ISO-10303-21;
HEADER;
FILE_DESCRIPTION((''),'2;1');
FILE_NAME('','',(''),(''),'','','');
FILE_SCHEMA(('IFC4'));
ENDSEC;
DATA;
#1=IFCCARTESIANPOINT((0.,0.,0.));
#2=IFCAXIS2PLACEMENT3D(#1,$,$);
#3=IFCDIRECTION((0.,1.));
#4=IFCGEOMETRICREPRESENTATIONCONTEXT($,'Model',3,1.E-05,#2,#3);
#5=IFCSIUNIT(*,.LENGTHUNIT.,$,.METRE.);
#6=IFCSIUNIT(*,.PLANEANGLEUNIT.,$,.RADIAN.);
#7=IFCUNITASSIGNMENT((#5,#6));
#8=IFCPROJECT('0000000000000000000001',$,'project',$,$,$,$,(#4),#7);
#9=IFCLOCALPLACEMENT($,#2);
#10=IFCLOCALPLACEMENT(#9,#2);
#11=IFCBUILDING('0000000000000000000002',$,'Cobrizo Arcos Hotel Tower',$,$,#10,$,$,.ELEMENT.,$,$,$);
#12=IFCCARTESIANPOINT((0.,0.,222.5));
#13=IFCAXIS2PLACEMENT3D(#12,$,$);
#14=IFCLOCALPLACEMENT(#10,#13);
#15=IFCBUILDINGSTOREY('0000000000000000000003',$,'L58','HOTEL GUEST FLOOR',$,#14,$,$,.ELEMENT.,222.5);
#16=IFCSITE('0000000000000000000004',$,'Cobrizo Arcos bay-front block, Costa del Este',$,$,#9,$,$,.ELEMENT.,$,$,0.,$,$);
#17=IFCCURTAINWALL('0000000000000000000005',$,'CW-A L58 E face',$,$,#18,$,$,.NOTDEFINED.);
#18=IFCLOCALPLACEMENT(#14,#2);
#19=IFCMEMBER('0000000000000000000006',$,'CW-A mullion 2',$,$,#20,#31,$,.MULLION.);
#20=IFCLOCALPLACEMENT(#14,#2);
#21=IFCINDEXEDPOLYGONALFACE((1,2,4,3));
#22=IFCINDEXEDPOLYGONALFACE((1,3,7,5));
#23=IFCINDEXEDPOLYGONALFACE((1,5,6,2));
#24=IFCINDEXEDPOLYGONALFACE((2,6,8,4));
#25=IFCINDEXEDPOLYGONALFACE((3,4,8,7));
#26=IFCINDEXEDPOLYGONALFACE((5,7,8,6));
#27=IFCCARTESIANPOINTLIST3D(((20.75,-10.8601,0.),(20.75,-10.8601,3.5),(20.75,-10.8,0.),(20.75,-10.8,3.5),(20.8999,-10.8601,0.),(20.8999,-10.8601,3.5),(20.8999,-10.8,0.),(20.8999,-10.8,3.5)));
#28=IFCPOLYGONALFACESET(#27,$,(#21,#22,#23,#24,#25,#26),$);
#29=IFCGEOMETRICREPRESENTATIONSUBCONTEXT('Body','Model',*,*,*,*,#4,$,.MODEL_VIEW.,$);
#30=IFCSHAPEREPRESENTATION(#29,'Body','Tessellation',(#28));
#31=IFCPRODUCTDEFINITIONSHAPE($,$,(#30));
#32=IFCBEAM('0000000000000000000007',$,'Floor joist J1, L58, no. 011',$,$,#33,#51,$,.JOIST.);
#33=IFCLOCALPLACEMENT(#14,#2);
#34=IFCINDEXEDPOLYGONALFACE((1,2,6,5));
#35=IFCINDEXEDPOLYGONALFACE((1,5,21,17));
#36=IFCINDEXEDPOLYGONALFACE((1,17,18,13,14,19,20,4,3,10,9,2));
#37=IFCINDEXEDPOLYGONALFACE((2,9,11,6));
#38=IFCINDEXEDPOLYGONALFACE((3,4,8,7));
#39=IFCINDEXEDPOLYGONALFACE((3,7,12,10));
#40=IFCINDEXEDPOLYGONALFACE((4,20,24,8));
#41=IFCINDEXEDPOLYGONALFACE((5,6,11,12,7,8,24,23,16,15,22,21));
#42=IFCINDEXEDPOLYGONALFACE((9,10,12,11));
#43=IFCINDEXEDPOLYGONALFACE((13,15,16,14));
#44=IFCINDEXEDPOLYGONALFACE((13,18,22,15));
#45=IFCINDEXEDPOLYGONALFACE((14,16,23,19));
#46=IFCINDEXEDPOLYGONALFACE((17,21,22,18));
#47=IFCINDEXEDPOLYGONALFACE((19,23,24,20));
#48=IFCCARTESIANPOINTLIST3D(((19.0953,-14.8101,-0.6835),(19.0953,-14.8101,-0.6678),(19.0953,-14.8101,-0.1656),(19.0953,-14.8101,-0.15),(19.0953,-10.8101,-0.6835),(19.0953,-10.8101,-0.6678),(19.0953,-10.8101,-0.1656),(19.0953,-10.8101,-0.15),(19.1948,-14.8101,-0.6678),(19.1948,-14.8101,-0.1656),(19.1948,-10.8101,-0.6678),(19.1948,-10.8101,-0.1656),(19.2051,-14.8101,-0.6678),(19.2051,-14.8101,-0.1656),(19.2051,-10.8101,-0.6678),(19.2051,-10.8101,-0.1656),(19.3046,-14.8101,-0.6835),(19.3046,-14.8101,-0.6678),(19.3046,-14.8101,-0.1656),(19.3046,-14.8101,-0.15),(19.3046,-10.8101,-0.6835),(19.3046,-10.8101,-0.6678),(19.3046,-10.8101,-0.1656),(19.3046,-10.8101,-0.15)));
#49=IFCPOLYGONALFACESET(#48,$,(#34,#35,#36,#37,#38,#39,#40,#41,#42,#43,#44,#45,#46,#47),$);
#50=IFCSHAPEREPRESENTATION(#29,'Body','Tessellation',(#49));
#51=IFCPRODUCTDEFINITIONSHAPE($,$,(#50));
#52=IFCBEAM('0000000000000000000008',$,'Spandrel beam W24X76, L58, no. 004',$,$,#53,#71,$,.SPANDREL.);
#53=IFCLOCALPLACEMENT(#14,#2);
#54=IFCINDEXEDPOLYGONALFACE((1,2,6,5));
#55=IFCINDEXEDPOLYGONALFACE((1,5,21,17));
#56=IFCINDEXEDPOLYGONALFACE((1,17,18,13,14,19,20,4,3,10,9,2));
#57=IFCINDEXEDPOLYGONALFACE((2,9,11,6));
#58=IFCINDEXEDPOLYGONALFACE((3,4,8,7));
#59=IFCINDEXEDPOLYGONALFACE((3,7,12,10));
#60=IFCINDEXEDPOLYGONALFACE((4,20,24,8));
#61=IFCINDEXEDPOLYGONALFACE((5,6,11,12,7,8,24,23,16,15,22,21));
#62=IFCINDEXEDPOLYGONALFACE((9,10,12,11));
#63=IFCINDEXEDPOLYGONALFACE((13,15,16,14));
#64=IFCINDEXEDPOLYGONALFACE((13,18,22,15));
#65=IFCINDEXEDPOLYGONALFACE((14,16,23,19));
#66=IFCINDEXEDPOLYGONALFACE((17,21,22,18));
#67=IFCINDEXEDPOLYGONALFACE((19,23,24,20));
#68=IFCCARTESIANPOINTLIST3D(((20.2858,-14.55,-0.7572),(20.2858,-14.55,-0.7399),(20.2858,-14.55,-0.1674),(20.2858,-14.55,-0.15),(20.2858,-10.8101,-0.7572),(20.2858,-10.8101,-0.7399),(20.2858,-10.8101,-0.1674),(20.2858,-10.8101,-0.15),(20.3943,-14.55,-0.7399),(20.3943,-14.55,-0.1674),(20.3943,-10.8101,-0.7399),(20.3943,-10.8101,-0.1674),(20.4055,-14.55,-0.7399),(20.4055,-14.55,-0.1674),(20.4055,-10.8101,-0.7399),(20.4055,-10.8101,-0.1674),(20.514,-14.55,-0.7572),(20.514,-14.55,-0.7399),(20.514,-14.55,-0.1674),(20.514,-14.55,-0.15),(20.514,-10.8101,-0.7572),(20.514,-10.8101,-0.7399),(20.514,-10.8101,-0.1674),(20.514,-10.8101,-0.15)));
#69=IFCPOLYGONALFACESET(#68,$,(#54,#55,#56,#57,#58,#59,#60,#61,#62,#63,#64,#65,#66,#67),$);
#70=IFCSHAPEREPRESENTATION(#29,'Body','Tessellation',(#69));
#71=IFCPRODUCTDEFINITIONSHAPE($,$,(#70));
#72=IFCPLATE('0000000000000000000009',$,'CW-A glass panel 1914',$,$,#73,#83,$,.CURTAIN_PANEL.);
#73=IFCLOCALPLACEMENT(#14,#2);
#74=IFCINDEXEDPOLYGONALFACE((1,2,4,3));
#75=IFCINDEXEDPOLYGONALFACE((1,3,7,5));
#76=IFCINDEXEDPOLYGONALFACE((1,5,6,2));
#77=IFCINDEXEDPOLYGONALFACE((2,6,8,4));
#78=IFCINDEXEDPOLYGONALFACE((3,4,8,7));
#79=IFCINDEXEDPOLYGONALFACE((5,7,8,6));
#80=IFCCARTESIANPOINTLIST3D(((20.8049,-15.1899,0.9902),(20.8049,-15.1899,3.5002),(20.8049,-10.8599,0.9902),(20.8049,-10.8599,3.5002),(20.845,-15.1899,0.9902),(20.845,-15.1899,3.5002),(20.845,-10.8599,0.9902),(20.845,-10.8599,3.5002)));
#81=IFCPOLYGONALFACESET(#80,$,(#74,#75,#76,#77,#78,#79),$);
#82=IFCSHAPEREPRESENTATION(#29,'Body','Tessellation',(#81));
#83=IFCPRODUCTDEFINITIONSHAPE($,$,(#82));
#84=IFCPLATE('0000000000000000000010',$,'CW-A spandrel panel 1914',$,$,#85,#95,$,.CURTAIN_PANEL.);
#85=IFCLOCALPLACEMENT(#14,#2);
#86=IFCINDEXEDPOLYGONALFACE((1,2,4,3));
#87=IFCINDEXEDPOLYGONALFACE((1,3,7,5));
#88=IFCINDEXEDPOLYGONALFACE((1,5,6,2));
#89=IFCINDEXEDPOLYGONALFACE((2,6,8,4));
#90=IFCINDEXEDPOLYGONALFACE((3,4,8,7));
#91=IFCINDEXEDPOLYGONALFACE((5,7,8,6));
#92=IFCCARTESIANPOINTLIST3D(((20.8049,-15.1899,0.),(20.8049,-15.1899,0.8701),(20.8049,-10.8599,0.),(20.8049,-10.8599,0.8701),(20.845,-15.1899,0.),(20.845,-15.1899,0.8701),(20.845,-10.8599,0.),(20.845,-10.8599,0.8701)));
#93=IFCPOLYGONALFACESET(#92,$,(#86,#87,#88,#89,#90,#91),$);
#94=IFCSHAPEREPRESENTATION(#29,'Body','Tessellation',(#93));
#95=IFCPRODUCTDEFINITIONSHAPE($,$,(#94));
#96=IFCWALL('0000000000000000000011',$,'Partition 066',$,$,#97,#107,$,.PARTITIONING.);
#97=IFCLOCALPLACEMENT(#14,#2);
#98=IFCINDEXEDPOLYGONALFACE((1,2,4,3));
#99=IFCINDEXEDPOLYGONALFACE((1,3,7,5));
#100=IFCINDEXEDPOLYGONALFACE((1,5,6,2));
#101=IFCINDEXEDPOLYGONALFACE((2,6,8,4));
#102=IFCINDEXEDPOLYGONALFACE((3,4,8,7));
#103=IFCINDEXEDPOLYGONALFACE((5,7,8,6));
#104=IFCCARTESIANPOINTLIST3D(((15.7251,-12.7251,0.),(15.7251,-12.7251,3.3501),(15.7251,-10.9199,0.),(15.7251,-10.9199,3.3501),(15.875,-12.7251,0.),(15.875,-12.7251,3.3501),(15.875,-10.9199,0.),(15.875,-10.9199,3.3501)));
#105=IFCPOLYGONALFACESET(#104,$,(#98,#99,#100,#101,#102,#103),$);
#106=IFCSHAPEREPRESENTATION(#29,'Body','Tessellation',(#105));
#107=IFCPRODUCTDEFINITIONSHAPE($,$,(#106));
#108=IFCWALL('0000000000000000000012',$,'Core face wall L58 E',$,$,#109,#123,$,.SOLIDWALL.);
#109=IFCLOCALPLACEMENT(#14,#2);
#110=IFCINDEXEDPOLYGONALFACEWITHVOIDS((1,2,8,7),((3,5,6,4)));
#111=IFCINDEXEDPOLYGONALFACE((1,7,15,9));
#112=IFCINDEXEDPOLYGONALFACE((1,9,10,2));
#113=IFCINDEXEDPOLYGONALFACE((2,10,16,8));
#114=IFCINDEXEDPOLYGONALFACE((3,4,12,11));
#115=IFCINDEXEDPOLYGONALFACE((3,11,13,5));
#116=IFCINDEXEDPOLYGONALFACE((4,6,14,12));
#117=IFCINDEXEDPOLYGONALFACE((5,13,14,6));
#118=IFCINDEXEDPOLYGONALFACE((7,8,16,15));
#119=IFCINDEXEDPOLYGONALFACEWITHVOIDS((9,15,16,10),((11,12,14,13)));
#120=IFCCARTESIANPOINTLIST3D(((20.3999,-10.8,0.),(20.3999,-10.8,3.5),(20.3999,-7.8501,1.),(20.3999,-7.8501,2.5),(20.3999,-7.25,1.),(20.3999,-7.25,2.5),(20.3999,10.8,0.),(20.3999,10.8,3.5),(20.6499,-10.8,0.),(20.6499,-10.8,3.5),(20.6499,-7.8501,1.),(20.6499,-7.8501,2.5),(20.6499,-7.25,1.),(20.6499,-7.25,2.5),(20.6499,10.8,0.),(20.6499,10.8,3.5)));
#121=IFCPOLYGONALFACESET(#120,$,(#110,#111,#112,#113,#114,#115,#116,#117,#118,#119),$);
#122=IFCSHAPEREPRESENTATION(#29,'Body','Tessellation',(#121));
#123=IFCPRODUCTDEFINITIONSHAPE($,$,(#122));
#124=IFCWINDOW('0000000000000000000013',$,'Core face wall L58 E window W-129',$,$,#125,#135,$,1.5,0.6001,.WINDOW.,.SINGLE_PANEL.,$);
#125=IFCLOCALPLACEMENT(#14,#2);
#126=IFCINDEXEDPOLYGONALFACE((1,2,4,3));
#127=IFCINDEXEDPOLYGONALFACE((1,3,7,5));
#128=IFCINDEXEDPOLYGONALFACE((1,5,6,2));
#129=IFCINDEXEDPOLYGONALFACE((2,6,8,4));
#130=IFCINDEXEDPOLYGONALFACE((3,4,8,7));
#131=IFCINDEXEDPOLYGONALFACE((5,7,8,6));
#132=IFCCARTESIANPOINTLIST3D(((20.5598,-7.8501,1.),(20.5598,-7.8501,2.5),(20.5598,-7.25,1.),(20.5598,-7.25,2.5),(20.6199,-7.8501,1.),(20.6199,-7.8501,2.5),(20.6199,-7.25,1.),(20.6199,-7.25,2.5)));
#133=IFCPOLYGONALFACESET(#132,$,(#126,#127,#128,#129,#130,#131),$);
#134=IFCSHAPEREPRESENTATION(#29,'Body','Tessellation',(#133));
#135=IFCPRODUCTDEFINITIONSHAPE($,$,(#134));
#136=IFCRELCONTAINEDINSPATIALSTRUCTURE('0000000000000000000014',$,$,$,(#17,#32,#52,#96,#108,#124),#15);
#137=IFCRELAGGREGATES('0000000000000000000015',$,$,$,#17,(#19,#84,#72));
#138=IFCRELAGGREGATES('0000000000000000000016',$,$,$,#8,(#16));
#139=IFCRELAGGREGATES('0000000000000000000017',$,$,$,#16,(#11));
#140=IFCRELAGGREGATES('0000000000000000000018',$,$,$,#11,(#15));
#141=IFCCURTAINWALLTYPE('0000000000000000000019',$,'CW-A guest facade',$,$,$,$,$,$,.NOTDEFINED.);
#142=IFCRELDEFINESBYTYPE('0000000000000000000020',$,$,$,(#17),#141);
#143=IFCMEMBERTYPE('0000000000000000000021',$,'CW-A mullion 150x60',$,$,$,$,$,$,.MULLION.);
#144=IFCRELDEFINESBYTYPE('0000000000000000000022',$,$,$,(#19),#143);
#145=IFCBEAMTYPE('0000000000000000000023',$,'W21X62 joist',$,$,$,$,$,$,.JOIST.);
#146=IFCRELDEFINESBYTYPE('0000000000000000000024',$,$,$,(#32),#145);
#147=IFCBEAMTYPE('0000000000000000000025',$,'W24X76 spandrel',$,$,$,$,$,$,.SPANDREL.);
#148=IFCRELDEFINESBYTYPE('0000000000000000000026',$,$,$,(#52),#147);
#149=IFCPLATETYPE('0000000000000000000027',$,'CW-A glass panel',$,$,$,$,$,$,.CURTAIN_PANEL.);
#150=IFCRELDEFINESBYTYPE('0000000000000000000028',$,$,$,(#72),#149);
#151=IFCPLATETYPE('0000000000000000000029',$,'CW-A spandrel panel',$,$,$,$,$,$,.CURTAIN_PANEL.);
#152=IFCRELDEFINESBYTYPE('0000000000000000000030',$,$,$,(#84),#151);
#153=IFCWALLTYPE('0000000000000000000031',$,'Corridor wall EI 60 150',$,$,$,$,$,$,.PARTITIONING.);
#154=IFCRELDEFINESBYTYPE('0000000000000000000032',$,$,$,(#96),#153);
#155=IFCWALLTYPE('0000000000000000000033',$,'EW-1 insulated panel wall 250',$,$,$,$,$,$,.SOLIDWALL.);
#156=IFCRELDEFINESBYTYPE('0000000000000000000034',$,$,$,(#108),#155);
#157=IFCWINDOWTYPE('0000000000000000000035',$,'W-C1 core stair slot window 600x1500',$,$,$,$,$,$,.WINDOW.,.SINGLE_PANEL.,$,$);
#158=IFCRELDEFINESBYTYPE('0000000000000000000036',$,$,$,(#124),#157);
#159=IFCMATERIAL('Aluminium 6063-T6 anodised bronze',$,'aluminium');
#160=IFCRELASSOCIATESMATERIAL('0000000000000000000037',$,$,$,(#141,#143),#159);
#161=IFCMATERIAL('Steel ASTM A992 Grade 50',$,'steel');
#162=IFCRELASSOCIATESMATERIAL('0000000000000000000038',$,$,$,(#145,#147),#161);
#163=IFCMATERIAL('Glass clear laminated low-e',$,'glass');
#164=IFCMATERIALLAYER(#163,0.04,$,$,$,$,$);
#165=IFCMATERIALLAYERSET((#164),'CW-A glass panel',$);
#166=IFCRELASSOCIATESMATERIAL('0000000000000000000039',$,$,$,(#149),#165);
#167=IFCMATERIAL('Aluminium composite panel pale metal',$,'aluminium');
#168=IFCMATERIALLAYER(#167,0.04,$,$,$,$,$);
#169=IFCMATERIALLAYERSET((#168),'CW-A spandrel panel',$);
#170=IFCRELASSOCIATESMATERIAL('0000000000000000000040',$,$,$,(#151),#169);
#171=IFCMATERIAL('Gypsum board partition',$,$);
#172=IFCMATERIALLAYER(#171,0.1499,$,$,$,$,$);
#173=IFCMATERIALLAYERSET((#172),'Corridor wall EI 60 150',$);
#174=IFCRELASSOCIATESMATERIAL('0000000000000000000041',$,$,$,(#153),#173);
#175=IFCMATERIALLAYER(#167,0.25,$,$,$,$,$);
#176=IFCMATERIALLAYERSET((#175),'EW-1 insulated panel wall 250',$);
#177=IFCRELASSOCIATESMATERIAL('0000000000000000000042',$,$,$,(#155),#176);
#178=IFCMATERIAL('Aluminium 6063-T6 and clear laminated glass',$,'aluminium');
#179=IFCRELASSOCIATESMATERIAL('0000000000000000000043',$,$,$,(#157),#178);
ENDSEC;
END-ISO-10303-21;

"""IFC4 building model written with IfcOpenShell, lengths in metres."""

from ifc_helpers import new_model, si_unit, direction, frame, frame_2d, origin, origin_2d, place, context, subcontext, project, spatial, rectangle, i_section, extrude, material, layer, layer_set, material_profile, profile_set, type_object, element, fill, aggregate, save


model = new_model("IFC4")

# Units and contexts
model_context = context("Model", 3, precision=1e-05, world=origin(), true_north=direction((0.0, 1.0)))
body_context = subcontext(model_context, "Body", "Model", "MODEL_VIEW")
ifc_project = project(units=[si_unit("LENGTHUNIT", "METRE"), si_unit("PLANEANGLEUNIT", "RADIAN")], contexts=[model_context])

# Site, building, storey
site_placement = place(None, origin())
site = spatial("IfcSite", under=ifc_project, at=site_placement, Name="Cobrizo Arcos bay-front block, Costa del Este", CompositionType="ELEMENT", RefElevation=0.0)
building_placement = place(site_placement, origin())
building = spatial("IfcBuilding", under=site, at=building_placement, Name="Cobrizo Arcos Hotel Tower", CompositionType="ELEMENT")
storey_placement = place(building_placement, frame((0.0, 0.0, 222.5)))
storey = spatial("IfcBuildingStorey", under=building, at=storey_placement, Name="L58", Description="HOTEL GUEST FLOOR", CompositionType="ELEMENT", Elevation=222.5)

# Curtain wall, member
ifc_material_1 = material(Name="Aluminium 6063-T6 anodised bronze", Category="aluminium")
curtain_wall_type = type_object("IfcCurtainWallType", Name="CW-A guest facade", PredefinedType="NOTDEFINED", material=ifc_material_1)
curtain_wall_placement = place(storey_placement, origin())
curtain_wall = element("IfcCurtainWall", 1, at=curtain_wall_placement, inside=storey, type_object=curtain_wall_type, Name="CW-A L58 E face", PredefinedType="NOTDEFINED")
ifc_material_profile_1 = material_profile(ifc_material_1, rectangle(XDim=0.1499, YDim=0.0601, at=origin_2d()), Name="CW-A mullion 150x60")
ifc_profile_set_1 = profile_set([ifc_material_profile_1], Name="Aluminium 6063-T6 anodised bronze")
member_type = type_object("IfcMemberType", Name="CW-A mullion 150x60", PredefinedType="MULLION", material=ifc_profile_set_1)
member_placement = place(storey_placement, frame((20.825, -10.8301, 0.0), z_axis=(0.0, 0.0, 1.0), x_axis=(1.0, 0.0, 0.0)))
member = element("IfcMember", 2, at=member_placement, type_object=member_type, Name="CW-A mullion 2", PredefinedType="MULLION", context=body_context, shape_type="SweptSolid", body=[
    extrude(rectangle(XDim=0.1499, YDim=0.0601, at=origin_2d()), origin(), (0.0, 0.0, 1.0), 3.5),
])

# Beams
ifc_material_2 = material(Name="Steel ASTM A992 Grade 50", Category="steel")
ifc_material_profile_2 = material_profile(ifc_material_2, i_section(OverallWidth=0.2092, OverallDepth=0.5334, WebThickness=0.0103, FlangeThickness=0.0156, at=origin_2d()), Name="W21X62")
ifc_profile_set_2 = profile_set([ifc_material_profile_2], Name="Steel ASTM A992 Grade 50")
beam_type_1 = type_object("IfcBeamType", Name="W21X62 joist", PredefinedType="JOIST", material=ifc_profile_set_2)
beam_1_placement = place(storey_placement, frame((19.2, -14.8101, -0.4167), z_axis=(0.0, 1.0, 0.0), x_axis=(-1.0, 0.0, 0.0)))
element("IfcBeam", 3, at=beam_1_placement, inside=storey, type_object=beam_type_1, Name="Floor joist J1, L58, no. 011", PredefinedType="JOIST", context=body_context, shape_type="SweptSolid", body=[
    extrude(i_section(OverallWidth=0.2092, OverallDepth=0.5334, WebThickness=0.0103, FlangeThickness=0.0156, at=origin_2d()), origin(), (0.0, 0.0, 1.0), 4.0),
])
ifc_material_profile_3 = material_profile(ifc_material_2, i_section(OverallWidth=0.2283, OverallDepth=0.6072, WebThickness=0.0112, FlangeThickness=0.0173, at=origin_2d()), Name="W24X76")
ifc_profile_set_3 = profile_set([ifc_material_profile_3], Name="Steel ASTM A992 Grade 50")
beam_type_2 = type_object("IfcBeamType", Name="W24X76 spandrel", PredefinedType="SPANDREL", material=ifc_profile_set_3)
beam_2_placement = place(storey_placement, frame((20.3999, -10.8101, -0.4536), z_axis=(0.0, -1.0, 0.0), x_axis=(1.0, 0.0, 0.0)))
element("IfcBeam", 4, at=beam_2_placement, inside=storey, type_object=beam_type_2, Name="Spandrel beam W24X76, L58, no. 004", PredefinedType="SPANDREL", context=body_context, shape_type="SweptSolid", body=[
    extrude(i_section(OverallWidth=0.2283, OverallDepth=0.6072, WebThickness=0.0112, FlangeThickness=0.0173, at=origin_2d()), origin(), (0.0, 0.0, 1.0), 3.74),
])

# Plates
ifc_material_3 = material(Name="Glass clear laminated low-e", Category="glass")
ifc_layer_1 = layer(ifc_material_3, 0.04)
ifc_layer_set_1 = layer_set([ifc_layer_1], Name="CW-A glass panel")
plate_type_1 = type_object("IfcPlateType", Name="CW-A glass panel", PredefinedType="CURTAIN_PANEL", material=ifc_layer_set_1)
plate_1_placement = place(storey_placement, frame((20.825, -13.0249, 0.9902), z_axis=(0.0, 0.0, 1.0), x_axis=(0.0, 1.0, 0.0)))
plate_1 = element("IfcPlate", 5, at=plate_1_placement, type_object=plate_type_1, Name="CW-A glass panel 1914", PredefinedType="CURTAIN_PANEL", context=body_context, shape_type="SweptSolid", body=[
    extrude(rectangle(XDim=4.3301, YDim=0.04, at=origin_2d()), origin(), (0.0, 0.0, 1.0), 2.51),
])
ifc_material_4 = material(Name="Aluminium composite panel pale metal", Category="aluminium")
ifc_layer_2 = layer(ifc_material_4, 0.04)
ifc_layer_set_2 = layer_set([ifc_layer_2], Name="CW-A spandrel panel")
plate_type_2 = type_object("IfcPlateType", Name="CW-A spandrel panel", PredefinedType="CURTAIN_PANEL", material=ifc_layer_set_2)
plate_2_placement = place(storey_placement, frame((20.825, -13.0249, 0.0), z_axis=(0.0, 0.0, 1.0), x_axis=(0.0, 1.0, 0.0)))
plate_2 = element("IfcPlate", 6, at=plate_2_placement, type_object=plate_type_2, Name="CW-A spandrel panel 1914", PredefinedType="CURTAIN_PANEL", context=body_context, shape_type="SweptSolid", body=[
    extrude(rectangle(XDim=4.3301, YDim=0.04, at=origin_2d()), origin(), (0.0, 0.0, 1.0), 0.8701),
])
aggregate(curtain_wall, [member, plate_2, plate_1])

# Wall
ifc_material_5 = material(Name="Gypsum board partition")
ifc_layer_3 = layer(ifc_material_5, 0.1499)
ifc_layer_set_3 = layer_set([ifc_layer_3], Name="Corridor wall EI 60 150")
wall_type_1 = type_object("IfcWallType", Name="Corridor wall EI 60 150", PredefinedType="PARTITIONING", material=ifc_layer_set_3)
wall_1_placement = place(storey_placement, frame((15.8, -12.7251, 0.0), z_axis=(0.0, 0.0, 1.0), x_axis=(0.0, 1.0, 0.0)))
element("IfcWall", 7, at=wall_1_placement, inside=storey, type_object=wall_type_1, Name="Partition 066", PredefinedType="PARTITIONING", context=body_context, shape_type="SweptSolid", body=[
    extrude(rectangle(XDim=1.8052, YDim=0.1499, at=frame_2d((0.9026, 0.0))), origin(), (0.0, 0.0, 1.0), 3.3501),
])

# Wall, opening, window
ifc_layer_4 = layer(ifc_material_4, 0.25)
ifc_layer_set_4 = layer_set([ifc_layer_4], Name="EW-1 insulated panel wall 250")
wall_type_2 = type_object("IfcWallType", Name="EW-1 insulated panel wall 250", PredefinedType="SOLIDWALL", material=ifc_layer_set_4)
wall_2_placement = place(storey_placement, frame((20.5249, -10.8, 0.0), z_axis=(0.0, 0.0, 1.0), x_axis=(0.0, 1.0, 0.0)))
wall_2 = element("IfcWall", 8, at=wall_2_placement, inside=storey, type_object=wall_type_2, Name="Core face wall L58 E", PredefinedType="SOLIDWALL", context=body_context, shape_type="SweptSolid", body=[
    extrude(rectangle(XDim=21.6001, YDim=0.25, at=frame_2d((10.8, 0.0))), origin(), (0.0, 0.0, 1.0), 3.5),
])
opening_1_placement = place(wall_2_placement, frame((2.95, 0.0, 1.0)))
opening_1 = element("IfcOpeningElement", 9, at=opening_1_placement, cuts=wall_2, PredefinedType="OPENING", context=body_context, shape_type="SweptSolid", body=[
    extrude(rectangle(XDim=0.6001, YDim=1.5, at=frame_2d((0.3, 0.75))), frame((0.0, 0.137, 0.0), z_axis=(0.0, -1.0, 0.0), x_axis=(1.0, 0.0, 0.0)), (0.0, 0.0, 1.0), 0.2739),
])
ifc_material_6 = material(Name="Aluminium 6063-T6 and clear laminated glass", Category="aluminium")
window_type = type_object("IfcWindowType", Name="W-C1 core stair slot window 600x1500", PartitioningType="SINGLE_PANEL", PredefinedType="WINDOW", material=ifc_material_6)
window_placement = place(opening_1_placement, origin())
window = element("IfcWindow", 10, at=window_placement, inside=storey, type_object=window_type, Name="Core face wall L58 E window W-129", OverallHeight=1.5, OverallWidth=0.6001, PartitioningType="SINGLE_PANEL", PredefinedType="WINDOW", context=body_context, shape_type="SweptSolid", body=[
    extrude(rectangle(XDim=0.6001, YDim=1.5, at=frame_2d((0.3, 0.75))), frame((0.0, -0.0349, 0.0), z_axis=(0.0, -1.0, 0.0), x_axis=(1.0, 0.0, 0.0)), (0.0, 0.0, 1.0), 0.0601),
])
fill(opening_1, window)

save(model, "model.ifc")
